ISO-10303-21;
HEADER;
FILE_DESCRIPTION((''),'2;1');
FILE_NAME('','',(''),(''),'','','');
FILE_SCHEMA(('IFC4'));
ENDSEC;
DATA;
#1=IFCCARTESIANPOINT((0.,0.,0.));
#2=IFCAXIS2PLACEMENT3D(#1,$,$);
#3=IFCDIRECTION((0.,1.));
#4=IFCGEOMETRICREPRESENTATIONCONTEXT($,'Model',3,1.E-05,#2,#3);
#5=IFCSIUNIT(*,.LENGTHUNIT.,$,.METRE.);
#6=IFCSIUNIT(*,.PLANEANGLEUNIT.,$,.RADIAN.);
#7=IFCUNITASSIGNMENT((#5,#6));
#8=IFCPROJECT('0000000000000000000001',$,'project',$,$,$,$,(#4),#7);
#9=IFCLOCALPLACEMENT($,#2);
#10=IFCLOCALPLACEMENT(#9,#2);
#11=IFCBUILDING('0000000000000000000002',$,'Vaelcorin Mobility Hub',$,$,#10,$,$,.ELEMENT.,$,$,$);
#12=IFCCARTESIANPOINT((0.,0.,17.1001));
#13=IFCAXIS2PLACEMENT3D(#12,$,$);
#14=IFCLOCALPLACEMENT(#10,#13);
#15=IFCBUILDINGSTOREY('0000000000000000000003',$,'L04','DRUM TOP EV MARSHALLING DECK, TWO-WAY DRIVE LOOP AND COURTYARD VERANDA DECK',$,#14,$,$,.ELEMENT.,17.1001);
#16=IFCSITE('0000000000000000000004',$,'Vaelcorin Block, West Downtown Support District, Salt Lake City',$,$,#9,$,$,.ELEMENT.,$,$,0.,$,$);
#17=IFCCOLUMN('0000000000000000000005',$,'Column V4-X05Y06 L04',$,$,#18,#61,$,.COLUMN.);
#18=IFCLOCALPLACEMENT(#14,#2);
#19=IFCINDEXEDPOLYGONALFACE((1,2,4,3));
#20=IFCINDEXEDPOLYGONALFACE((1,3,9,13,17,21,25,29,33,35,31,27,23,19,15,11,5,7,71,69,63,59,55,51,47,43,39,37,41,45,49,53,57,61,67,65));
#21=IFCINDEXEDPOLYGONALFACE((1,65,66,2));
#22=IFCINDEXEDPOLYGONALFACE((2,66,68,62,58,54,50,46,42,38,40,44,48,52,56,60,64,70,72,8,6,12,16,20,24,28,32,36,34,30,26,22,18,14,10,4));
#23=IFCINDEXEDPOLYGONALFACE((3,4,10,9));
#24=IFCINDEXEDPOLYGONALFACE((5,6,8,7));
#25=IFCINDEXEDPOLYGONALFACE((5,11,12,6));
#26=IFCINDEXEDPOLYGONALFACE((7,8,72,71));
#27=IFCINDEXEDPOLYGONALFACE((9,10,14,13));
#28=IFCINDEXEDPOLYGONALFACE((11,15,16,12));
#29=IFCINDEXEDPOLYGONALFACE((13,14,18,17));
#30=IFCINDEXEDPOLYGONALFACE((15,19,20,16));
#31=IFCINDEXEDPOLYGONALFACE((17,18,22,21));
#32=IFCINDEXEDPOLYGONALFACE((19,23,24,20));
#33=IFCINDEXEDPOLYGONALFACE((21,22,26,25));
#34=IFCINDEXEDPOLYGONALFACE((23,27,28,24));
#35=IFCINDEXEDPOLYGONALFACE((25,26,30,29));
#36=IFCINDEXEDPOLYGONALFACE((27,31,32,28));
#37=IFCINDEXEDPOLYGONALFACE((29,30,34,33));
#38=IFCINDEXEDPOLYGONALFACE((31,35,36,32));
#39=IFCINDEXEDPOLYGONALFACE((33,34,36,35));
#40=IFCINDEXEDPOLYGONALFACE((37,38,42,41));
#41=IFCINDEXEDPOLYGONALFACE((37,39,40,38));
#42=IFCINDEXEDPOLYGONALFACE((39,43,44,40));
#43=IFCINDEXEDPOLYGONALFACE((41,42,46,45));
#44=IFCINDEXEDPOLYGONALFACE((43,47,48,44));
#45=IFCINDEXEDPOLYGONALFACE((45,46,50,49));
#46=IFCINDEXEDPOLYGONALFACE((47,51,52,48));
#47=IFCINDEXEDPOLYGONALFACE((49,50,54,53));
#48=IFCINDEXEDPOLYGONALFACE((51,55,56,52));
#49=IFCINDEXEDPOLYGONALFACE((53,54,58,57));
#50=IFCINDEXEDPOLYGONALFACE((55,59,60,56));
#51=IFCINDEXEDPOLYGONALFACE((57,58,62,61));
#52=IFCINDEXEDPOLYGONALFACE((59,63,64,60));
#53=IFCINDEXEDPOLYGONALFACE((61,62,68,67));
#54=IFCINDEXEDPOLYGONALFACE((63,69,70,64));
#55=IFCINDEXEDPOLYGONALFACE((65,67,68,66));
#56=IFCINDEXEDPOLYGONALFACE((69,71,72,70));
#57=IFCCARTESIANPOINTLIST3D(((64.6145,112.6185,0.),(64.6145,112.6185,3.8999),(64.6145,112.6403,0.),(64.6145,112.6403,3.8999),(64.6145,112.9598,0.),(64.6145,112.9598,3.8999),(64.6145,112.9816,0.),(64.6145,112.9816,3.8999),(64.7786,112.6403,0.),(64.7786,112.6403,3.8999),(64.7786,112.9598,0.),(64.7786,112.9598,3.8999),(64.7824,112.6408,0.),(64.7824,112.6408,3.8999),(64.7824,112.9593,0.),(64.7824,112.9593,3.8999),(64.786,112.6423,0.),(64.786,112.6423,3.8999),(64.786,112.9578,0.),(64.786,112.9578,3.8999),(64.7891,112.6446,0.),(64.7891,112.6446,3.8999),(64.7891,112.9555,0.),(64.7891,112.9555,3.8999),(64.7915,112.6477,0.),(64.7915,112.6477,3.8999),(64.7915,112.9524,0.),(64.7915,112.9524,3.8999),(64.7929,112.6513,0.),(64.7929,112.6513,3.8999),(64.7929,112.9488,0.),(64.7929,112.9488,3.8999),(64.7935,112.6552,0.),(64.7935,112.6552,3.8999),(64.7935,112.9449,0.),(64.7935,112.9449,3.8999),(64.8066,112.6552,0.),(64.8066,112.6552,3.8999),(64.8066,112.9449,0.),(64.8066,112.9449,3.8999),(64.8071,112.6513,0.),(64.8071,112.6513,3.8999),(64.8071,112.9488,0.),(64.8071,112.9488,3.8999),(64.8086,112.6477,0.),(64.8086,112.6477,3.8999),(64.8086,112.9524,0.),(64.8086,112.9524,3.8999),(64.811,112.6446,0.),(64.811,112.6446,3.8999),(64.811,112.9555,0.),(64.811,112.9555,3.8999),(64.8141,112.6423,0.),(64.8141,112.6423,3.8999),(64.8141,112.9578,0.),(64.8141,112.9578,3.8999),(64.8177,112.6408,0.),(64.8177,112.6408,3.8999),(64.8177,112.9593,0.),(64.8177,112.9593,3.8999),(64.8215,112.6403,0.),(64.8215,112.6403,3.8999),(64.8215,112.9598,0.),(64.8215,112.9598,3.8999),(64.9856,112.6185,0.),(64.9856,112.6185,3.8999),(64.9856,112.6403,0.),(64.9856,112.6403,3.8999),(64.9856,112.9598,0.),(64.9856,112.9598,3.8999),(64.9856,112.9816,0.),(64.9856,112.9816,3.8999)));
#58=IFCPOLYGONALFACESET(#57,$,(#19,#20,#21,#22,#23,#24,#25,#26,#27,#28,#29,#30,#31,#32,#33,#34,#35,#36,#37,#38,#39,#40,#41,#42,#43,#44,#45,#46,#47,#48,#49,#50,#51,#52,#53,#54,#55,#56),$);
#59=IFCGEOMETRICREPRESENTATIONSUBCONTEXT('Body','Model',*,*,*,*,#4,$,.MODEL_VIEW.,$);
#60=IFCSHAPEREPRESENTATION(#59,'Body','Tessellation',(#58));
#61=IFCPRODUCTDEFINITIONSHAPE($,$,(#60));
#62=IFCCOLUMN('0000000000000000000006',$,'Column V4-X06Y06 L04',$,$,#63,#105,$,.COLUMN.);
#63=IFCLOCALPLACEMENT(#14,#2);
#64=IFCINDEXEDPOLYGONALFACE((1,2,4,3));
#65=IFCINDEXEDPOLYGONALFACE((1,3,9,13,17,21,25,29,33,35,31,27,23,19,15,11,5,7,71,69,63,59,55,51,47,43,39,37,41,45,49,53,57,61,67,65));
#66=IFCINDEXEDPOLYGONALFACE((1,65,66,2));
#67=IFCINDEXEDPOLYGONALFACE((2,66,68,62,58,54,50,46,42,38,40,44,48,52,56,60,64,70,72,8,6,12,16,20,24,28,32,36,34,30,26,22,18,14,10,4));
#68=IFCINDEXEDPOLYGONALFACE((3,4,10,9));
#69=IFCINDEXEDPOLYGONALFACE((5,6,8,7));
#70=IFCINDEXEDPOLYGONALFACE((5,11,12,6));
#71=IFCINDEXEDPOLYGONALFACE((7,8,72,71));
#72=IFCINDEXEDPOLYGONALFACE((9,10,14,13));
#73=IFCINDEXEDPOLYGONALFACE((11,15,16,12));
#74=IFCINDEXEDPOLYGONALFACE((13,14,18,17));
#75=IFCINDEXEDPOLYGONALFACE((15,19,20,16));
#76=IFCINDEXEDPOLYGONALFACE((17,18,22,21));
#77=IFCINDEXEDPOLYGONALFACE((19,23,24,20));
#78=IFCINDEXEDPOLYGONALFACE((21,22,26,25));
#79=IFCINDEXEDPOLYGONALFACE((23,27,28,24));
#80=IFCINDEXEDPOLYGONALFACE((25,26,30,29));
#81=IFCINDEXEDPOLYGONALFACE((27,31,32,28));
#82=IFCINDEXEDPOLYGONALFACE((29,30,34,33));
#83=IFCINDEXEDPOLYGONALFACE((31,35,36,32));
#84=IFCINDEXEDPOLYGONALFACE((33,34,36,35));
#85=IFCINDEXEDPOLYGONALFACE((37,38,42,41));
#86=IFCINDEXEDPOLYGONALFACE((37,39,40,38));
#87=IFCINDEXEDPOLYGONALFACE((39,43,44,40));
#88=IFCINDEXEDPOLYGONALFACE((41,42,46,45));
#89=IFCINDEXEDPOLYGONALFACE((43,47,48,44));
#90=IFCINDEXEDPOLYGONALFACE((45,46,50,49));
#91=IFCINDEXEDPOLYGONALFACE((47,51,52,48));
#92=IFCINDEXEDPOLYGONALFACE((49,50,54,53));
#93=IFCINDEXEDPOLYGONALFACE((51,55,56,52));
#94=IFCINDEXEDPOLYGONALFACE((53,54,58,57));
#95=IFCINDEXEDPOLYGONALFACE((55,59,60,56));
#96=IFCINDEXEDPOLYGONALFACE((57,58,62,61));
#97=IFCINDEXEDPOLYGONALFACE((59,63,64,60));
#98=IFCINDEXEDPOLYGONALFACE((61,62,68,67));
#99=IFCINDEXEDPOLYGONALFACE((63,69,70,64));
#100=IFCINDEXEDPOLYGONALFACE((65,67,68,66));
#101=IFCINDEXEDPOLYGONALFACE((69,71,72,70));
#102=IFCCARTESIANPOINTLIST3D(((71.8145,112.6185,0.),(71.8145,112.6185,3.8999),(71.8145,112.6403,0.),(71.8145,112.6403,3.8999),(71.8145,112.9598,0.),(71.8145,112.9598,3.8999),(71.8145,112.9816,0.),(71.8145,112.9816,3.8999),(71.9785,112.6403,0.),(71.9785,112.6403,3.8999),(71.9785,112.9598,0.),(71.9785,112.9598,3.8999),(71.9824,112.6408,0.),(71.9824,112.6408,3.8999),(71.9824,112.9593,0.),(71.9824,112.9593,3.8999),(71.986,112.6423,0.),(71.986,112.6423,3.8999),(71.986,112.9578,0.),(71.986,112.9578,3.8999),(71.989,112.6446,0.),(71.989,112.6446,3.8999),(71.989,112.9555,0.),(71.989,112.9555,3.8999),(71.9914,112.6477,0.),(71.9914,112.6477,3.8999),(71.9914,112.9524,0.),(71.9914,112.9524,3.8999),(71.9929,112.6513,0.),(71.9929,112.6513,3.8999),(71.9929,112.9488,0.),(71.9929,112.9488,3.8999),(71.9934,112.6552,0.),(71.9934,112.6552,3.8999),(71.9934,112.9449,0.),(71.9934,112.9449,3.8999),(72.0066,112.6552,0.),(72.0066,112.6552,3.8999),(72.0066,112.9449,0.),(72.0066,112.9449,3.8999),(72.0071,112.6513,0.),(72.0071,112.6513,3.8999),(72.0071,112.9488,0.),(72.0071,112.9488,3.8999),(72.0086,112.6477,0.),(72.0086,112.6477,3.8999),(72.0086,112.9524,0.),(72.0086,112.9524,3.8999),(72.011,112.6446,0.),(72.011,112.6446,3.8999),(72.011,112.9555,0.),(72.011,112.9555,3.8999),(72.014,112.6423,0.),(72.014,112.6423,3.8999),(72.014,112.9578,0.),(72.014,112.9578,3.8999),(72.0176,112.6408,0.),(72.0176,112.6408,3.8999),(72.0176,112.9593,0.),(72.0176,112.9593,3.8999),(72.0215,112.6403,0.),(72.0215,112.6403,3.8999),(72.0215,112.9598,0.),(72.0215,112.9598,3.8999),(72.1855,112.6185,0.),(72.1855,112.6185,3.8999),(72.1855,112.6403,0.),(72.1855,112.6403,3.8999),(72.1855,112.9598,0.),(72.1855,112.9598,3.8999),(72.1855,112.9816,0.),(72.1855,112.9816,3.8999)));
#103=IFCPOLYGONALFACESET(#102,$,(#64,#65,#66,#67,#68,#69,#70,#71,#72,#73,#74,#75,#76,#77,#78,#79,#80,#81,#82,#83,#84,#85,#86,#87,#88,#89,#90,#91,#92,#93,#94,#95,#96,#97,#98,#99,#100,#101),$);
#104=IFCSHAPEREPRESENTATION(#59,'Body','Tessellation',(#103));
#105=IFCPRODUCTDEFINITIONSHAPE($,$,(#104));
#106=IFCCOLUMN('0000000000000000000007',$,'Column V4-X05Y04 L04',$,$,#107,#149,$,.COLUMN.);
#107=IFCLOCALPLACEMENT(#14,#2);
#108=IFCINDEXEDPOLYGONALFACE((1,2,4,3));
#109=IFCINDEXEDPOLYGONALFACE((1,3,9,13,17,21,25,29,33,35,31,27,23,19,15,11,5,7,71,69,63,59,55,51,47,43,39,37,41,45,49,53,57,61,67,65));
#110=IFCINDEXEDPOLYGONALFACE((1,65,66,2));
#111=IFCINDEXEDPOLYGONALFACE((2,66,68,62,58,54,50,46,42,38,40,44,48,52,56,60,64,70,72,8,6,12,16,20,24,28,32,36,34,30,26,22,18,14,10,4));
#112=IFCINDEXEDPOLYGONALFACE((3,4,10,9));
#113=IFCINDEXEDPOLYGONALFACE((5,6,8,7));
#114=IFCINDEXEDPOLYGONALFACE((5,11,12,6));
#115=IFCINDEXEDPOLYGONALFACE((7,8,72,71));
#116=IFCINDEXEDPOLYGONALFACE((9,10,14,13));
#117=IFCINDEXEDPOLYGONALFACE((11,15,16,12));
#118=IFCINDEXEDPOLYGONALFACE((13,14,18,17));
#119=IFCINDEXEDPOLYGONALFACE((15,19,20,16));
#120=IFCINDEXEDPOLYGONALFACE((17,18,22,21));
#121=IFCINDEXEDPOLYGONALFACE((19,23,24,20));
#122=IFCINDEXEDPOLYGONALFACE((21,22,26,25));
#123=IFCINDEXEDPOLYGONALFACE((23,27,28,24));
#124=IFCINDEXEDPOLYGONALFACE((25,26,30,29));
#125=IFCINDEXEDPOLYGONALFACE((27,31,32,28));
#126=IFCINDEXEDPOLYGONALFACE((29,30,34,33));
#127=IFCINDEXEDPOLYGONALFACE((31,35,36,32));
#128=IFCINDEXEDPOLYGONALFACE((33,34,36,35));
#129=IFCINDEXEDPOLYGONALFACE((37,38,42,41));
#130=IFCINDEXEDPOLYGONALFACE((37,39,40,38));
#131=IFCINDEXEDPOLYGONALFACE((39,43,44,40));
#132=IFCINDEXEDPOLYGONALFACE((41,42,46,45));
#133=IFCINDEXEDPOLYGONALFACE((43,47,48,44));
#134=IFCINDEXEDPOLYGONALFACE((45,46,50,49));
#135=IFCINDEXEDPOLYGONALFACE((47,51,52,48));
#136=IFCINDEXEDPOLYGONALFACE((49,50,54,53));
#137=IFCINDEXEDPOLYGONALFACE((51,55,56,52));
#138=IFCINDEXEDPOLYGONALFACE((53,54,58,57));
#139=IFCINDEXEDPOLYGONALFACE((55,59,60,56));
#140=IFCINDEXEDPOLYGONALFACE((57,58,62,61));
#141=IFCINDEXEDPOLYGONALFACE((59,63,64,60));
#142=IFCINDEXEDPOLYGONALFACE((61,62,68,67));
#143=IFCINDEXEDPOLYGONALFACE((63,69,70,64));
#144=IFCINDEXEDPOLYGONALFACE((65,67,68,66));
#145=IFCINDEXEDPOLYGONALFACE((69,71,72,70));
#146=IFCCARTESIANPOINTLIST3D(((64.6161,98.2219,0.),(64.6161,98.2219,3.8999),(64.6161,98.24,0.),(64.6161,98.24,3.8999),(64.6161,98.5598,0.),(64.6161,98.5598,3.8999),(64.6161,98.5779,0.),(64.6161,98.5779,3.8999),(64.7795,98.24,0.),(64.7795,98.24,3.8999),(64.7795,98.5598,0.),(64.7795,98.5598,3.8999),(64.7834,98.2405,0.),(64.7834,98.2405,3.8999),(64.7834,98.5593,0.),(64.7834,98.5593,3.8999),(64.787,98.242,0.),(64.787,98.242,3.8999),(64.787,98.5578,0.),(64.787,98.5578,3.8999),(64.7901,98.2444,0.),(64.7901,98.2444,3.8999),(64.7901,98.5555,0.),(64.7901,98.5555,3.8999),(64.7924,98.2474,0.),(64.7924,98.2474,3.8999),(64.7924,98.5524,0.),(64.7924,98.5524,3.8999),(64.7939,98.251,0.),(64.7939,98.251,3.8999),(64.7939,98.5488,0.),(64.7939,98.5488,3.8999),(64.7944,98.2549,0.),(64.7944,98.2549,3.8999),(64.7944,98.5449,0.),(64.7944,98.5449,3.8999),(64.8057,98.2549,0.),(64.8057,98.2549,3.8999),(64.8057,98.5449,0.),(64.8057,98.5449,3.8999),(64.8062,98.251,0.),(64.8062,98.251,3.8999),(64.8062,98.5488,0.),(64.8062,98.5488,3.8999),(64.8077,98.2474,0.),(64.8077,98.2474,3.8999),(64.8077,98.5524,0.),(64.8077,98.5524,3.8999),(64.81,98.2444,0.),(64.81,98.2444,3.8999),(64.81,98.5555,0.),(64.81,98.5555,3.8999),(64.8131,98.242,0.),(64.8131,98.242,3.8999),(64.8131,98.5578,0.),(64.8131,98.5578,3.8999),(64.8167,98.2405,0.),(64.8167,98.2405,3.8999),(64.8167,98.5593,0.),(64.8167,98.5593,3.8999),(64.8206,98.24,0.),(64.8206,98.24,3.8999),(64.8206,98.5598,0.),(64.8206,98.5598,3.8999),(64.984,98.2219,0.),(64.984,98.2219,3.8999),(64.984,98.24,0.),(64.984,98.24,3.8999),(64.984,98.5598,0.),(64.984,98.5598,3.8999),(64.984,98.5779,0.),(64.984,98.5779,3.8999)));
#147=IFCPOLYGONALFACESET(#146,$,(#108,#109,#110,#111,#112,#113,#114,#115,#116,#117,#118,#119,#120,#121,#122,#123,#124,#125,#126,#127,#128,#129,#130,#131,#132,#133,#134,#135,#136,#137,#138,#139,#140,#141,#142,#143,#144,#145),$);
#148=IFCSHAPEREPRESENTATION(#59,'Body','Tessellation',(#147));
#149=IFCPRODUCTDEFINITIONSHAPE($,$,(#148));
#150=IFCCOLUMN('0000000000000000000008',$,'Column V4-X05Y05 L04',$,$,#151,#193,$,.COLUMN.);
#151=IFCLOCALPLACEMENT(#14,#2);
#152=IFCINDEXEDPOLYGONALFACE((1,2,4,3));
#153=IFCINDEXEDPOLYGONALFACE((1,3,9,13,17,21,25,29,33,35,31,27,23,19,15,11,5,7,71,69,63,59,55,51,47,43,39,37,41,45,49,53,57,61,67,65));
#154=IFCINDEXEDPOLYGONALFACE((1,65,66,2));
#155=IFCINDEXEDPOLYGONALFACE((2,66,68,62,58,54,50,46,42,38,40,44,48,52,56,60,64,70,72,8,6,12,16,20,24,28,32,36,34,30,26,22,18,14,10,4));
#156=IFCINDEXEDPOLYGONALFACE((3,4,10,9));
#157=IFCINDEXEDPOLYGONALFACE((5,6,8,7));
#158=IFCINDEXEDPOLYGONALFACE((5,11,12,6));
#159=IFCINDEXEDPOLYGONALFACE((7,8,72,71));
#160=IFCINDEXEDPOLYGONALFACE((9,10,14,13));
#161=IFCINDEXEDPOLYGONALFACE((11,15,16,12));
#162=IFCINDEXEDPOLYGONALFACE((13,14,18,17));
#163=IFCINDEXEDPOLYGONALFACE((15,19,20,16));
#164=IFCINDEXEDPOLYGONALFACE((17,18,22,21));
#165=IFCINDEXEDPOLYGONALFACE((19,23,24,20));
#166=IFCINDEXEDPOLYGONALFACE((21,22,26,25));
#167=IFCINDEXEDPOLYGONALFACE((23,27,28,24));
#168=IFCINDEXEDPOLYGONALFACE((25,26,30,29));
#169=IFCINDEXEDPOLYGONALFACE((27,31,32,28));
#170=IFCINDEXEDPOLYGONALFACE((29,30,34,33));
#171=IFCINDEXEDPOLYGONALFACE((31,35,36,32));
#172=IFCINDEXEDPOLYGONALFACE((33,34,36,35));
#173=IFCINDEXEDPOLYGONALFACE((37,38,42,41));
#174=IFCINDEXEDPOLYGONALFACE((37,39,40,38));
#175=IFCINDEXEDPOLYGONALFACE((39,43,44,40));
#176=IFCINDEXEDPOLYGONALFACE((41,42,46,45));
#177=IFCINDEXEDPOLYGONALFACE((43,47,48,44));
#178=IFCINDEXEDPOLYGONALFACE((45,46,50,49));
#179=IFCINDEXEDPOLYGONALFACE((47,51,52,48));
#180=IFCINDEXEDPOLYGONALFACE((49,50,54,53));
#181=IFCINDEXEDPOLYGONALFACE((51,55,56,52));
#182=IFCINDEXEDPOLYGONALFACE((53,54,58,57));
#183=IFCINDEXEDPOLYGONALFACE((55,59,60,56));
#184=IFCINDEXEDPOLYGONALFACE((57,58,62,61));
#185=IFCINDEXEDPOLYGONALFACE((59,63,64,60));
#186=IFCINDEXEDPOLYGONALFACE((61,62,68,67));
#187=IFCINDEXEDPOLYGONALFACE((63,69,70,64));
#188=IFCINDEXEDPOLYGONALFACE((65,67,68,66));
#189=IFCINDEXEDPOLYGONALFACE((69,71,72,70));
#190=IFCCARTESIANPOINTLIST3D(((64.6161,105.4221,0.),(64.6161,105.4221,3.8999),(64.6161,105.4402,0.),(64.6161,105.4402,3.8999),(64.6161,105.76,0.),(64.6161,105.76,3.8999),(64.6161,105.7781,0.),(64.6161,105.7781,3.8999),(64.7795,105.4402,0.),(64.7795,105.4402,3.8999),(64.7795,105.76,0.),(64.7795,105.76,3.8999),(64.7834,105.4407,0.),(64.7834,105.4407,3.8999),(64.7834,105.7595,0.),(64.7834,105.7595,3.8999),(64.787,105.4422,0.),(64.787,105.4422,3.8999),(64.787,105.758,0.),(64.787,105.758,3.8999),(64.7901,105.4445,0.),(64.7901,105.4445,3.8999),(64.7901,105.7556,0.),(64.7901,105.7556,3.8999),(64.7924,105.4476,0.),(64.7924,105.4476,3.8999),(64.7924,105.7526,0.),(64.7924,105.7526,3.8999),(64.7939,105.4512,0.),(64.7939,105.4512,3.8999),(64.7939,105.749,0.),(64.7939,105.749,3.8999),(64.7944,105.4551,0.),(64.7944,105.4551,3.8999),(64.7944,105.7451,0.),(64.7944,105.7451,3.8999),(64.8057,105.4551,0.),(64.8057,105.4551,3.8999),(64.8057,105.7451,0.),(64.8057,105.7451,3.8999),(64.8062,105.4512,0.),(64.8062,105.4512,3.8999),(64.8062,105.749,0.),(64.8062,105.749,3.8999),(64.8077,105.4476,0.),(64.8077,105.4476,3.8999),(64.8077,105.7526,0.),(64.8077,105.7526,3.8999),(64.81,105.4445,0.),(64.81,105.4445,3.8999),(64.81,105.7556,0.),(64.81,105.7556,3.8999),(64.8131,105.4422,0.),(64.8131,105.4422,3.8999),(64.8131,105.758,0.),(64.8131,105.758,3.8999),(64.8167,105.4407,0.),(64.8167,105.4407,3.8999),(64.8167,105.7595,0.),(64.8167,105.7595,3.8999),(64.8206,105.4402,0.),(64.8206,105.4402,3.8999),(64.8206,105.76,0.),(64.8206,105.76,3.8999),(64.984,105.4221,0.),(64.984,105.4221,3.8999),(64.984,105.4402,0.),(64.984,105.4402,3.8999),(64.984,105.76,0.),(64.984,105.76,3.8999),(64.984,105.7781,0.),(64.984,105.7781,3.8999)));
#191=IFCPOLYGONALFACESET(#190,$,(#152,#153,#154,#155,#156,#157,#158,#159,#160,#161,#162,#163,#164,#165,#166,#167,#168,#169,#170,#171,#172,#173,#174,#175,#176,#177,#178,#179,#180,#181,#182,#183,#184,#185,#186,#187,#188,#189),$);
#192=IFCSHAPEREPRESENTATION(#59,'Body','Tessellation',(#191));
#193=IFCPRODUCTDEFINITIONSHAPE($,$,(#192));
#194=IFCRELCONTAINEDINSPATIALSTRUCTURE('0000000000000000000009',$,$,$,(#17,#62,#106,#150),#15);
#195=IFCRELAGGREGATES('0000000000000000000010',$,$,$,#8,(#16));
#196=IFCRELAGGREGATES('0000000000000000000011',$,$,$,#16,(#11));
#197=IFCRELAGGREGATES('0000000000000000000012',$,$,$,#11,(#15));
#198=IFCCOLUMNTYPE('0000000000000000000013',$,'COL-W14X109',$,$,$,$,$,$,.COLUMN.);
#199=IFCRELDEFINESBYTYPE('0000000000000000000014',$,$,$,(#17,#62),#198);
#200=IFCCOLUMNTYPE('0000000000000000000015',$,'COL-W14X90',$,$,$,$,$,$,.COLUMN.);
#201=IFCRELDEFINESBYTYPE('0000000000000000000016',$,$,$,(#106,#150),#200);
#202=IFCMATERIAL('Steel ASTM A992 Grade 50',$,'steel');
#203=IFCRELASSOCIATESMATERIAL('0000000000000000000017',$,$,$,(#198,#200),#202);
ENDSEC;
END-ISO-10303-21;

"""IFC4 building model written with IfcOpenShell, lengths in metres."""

from ifc_helpers import new_model, si_unit, direction, frame, origin, origin_2d, place, context, subcontext, project, spatial, i_section, extrude, material, material_profile, profile_set, type_object, element, save


model = new_model("IFC4")

# Units and contexts
model_context = context("Model", 3, precision=1e-05, world=origin(), true_north=direction((0.0, 1.0)))
body_context = subcontext(model_context, "Body", "Model", "MODEL_VIEW")
ifc_project = project(units=[si_unit("LENGTHUNIT", "METRE"), si_unit("PLANEANGLEUNIT", "RADIAN")], contexts=[model_context])

# Site, building, storey
site_placement = place(None, origin())
site = spatial("IfcSite", under=ifc_project, at=site_placement, Name="Vaelcorin Block, West Downtown Support District, Salt Lake City", CompositionType="ELEMENT", RefElevation=0.0)
building_placement = place(site_placement, origin())
building = spatial("IfcBuilding", under=site, at=building_placement, Name="Vaelcorin Mobility Hub", CompositionType="ELEMENT")
storey_placement = place(building_placement, frame((0.0, 0.0, 17.1001)))
storey = spatial("IfcBuildingStorey", under=building, at=storey_placement, Name="L04", Description="DRUM TOP EV MARSHALLING DECK, TWO-WAY DRIVE LOOP AND COURTYARD VERANDA DECK", CompositionType="ELEMENT", Elevation=17.1001)

# Columns
ifc_material_1 = material(Name="Steel ASTM A992 Grade 50", Category="steel")
ifc_material_profile_1 = material_profile(ifc_material_1, i_section(OverallWidth=0.3711, OverallDepth=0.363, WebThickness=0.0132, FlangeThickness=0.0217, FilletRadius=0.0149, at=origin_2d()), Name="W14X109")
ifc_profile_set_1 = profile_set([ifc_material_profile_1], Name="Steel ASTM A992 Grade 50")
column_type_1 = type_object("IfcColumnType", Name="COL-W14X109", PredefinedType="COLUMN", material=ifc_profile_set_1)
for number, where, z_axis, x_axis, name in (
    (1, (64.8, 112.8, 0.0), (0.0, 0.0, 1.0), (1.0, 0.0, 0.0), "Column V4-X05Y06 L04"),
    (2, (72.0, 112.8, 0.0), (0.0, 0.0, 1.0), (1.0, 0.0, 0.0), "Column V4-X06Y06 L04"),
):
    element("IfcColumn", number, at=place(storey_placement, frame(where, z_axis=z_axis, x_axis=x_axis)), inside=storey, type_object=column_type_1, Name=name, PredefinedType="COLUMN", context=body_context, shape_type="SweptSolid", body=[
        extrude(i_section(OverallWidth=0.3711, OverallDepth=0.363, WebThickness=0.0132, FlangeThickness=0.0217, FilletRadius=0.0149, at=origin_2d()), origin(), (0.0, 0.0, 1.0), 3.8999),
    ])
ifc_material_profile_2 = material_profile(ifc_material_1, i_section(OverallWidth=0.3679, OverallDepth=0.356, WebThickness=0.0112, FlangeThickness=0.0181, FilletRadius=0.0149, at=origin_2d()), Name="W14X90")
ifc_profile_set_2 = profile_set([ifc_material_profile_2], Name="Steel ASTM A992 Grade 50")
column_type_2 = type_object("IfcColumnType", Name="COL-W14X90", PredefinedType="COLUMN", material=ifc_profile_set_2)
for number, where, z_axis, x_axis, name in (
    (3, (64.8, 98.3999, 0.0), (0.0, 0.0, 1.0), (1.0, 0.0, 0.0), "Column V4-X05Y04 L04"),
    (4, (64.8, 105.6001, 0.0), (0.0, 0.0, 1.0), (1.0, 0.0, 0.0), "Column V4-X05Y05 L04"),
):
    element("IfcColumn", number, at=place(storey_placement, frame(where, z_axis=z_axis, x_axis=x_axis)), inside=storey, type_object=column_type_2, Name=name, PredefinedType="COLUMN", context=body_context, shape_type="SweptSolid", body=[
        extrude(i_section(OverallWidth=0.3679, OverallDepth=0.356, WebThickness=0.0112, FlangeThickness=0.0181, FilletRadius=0.0149, at=origin_2d()), origin(), (0.0, 0.0, 1.0), 3.8999),
    ])

save(model, "model.ifc")
